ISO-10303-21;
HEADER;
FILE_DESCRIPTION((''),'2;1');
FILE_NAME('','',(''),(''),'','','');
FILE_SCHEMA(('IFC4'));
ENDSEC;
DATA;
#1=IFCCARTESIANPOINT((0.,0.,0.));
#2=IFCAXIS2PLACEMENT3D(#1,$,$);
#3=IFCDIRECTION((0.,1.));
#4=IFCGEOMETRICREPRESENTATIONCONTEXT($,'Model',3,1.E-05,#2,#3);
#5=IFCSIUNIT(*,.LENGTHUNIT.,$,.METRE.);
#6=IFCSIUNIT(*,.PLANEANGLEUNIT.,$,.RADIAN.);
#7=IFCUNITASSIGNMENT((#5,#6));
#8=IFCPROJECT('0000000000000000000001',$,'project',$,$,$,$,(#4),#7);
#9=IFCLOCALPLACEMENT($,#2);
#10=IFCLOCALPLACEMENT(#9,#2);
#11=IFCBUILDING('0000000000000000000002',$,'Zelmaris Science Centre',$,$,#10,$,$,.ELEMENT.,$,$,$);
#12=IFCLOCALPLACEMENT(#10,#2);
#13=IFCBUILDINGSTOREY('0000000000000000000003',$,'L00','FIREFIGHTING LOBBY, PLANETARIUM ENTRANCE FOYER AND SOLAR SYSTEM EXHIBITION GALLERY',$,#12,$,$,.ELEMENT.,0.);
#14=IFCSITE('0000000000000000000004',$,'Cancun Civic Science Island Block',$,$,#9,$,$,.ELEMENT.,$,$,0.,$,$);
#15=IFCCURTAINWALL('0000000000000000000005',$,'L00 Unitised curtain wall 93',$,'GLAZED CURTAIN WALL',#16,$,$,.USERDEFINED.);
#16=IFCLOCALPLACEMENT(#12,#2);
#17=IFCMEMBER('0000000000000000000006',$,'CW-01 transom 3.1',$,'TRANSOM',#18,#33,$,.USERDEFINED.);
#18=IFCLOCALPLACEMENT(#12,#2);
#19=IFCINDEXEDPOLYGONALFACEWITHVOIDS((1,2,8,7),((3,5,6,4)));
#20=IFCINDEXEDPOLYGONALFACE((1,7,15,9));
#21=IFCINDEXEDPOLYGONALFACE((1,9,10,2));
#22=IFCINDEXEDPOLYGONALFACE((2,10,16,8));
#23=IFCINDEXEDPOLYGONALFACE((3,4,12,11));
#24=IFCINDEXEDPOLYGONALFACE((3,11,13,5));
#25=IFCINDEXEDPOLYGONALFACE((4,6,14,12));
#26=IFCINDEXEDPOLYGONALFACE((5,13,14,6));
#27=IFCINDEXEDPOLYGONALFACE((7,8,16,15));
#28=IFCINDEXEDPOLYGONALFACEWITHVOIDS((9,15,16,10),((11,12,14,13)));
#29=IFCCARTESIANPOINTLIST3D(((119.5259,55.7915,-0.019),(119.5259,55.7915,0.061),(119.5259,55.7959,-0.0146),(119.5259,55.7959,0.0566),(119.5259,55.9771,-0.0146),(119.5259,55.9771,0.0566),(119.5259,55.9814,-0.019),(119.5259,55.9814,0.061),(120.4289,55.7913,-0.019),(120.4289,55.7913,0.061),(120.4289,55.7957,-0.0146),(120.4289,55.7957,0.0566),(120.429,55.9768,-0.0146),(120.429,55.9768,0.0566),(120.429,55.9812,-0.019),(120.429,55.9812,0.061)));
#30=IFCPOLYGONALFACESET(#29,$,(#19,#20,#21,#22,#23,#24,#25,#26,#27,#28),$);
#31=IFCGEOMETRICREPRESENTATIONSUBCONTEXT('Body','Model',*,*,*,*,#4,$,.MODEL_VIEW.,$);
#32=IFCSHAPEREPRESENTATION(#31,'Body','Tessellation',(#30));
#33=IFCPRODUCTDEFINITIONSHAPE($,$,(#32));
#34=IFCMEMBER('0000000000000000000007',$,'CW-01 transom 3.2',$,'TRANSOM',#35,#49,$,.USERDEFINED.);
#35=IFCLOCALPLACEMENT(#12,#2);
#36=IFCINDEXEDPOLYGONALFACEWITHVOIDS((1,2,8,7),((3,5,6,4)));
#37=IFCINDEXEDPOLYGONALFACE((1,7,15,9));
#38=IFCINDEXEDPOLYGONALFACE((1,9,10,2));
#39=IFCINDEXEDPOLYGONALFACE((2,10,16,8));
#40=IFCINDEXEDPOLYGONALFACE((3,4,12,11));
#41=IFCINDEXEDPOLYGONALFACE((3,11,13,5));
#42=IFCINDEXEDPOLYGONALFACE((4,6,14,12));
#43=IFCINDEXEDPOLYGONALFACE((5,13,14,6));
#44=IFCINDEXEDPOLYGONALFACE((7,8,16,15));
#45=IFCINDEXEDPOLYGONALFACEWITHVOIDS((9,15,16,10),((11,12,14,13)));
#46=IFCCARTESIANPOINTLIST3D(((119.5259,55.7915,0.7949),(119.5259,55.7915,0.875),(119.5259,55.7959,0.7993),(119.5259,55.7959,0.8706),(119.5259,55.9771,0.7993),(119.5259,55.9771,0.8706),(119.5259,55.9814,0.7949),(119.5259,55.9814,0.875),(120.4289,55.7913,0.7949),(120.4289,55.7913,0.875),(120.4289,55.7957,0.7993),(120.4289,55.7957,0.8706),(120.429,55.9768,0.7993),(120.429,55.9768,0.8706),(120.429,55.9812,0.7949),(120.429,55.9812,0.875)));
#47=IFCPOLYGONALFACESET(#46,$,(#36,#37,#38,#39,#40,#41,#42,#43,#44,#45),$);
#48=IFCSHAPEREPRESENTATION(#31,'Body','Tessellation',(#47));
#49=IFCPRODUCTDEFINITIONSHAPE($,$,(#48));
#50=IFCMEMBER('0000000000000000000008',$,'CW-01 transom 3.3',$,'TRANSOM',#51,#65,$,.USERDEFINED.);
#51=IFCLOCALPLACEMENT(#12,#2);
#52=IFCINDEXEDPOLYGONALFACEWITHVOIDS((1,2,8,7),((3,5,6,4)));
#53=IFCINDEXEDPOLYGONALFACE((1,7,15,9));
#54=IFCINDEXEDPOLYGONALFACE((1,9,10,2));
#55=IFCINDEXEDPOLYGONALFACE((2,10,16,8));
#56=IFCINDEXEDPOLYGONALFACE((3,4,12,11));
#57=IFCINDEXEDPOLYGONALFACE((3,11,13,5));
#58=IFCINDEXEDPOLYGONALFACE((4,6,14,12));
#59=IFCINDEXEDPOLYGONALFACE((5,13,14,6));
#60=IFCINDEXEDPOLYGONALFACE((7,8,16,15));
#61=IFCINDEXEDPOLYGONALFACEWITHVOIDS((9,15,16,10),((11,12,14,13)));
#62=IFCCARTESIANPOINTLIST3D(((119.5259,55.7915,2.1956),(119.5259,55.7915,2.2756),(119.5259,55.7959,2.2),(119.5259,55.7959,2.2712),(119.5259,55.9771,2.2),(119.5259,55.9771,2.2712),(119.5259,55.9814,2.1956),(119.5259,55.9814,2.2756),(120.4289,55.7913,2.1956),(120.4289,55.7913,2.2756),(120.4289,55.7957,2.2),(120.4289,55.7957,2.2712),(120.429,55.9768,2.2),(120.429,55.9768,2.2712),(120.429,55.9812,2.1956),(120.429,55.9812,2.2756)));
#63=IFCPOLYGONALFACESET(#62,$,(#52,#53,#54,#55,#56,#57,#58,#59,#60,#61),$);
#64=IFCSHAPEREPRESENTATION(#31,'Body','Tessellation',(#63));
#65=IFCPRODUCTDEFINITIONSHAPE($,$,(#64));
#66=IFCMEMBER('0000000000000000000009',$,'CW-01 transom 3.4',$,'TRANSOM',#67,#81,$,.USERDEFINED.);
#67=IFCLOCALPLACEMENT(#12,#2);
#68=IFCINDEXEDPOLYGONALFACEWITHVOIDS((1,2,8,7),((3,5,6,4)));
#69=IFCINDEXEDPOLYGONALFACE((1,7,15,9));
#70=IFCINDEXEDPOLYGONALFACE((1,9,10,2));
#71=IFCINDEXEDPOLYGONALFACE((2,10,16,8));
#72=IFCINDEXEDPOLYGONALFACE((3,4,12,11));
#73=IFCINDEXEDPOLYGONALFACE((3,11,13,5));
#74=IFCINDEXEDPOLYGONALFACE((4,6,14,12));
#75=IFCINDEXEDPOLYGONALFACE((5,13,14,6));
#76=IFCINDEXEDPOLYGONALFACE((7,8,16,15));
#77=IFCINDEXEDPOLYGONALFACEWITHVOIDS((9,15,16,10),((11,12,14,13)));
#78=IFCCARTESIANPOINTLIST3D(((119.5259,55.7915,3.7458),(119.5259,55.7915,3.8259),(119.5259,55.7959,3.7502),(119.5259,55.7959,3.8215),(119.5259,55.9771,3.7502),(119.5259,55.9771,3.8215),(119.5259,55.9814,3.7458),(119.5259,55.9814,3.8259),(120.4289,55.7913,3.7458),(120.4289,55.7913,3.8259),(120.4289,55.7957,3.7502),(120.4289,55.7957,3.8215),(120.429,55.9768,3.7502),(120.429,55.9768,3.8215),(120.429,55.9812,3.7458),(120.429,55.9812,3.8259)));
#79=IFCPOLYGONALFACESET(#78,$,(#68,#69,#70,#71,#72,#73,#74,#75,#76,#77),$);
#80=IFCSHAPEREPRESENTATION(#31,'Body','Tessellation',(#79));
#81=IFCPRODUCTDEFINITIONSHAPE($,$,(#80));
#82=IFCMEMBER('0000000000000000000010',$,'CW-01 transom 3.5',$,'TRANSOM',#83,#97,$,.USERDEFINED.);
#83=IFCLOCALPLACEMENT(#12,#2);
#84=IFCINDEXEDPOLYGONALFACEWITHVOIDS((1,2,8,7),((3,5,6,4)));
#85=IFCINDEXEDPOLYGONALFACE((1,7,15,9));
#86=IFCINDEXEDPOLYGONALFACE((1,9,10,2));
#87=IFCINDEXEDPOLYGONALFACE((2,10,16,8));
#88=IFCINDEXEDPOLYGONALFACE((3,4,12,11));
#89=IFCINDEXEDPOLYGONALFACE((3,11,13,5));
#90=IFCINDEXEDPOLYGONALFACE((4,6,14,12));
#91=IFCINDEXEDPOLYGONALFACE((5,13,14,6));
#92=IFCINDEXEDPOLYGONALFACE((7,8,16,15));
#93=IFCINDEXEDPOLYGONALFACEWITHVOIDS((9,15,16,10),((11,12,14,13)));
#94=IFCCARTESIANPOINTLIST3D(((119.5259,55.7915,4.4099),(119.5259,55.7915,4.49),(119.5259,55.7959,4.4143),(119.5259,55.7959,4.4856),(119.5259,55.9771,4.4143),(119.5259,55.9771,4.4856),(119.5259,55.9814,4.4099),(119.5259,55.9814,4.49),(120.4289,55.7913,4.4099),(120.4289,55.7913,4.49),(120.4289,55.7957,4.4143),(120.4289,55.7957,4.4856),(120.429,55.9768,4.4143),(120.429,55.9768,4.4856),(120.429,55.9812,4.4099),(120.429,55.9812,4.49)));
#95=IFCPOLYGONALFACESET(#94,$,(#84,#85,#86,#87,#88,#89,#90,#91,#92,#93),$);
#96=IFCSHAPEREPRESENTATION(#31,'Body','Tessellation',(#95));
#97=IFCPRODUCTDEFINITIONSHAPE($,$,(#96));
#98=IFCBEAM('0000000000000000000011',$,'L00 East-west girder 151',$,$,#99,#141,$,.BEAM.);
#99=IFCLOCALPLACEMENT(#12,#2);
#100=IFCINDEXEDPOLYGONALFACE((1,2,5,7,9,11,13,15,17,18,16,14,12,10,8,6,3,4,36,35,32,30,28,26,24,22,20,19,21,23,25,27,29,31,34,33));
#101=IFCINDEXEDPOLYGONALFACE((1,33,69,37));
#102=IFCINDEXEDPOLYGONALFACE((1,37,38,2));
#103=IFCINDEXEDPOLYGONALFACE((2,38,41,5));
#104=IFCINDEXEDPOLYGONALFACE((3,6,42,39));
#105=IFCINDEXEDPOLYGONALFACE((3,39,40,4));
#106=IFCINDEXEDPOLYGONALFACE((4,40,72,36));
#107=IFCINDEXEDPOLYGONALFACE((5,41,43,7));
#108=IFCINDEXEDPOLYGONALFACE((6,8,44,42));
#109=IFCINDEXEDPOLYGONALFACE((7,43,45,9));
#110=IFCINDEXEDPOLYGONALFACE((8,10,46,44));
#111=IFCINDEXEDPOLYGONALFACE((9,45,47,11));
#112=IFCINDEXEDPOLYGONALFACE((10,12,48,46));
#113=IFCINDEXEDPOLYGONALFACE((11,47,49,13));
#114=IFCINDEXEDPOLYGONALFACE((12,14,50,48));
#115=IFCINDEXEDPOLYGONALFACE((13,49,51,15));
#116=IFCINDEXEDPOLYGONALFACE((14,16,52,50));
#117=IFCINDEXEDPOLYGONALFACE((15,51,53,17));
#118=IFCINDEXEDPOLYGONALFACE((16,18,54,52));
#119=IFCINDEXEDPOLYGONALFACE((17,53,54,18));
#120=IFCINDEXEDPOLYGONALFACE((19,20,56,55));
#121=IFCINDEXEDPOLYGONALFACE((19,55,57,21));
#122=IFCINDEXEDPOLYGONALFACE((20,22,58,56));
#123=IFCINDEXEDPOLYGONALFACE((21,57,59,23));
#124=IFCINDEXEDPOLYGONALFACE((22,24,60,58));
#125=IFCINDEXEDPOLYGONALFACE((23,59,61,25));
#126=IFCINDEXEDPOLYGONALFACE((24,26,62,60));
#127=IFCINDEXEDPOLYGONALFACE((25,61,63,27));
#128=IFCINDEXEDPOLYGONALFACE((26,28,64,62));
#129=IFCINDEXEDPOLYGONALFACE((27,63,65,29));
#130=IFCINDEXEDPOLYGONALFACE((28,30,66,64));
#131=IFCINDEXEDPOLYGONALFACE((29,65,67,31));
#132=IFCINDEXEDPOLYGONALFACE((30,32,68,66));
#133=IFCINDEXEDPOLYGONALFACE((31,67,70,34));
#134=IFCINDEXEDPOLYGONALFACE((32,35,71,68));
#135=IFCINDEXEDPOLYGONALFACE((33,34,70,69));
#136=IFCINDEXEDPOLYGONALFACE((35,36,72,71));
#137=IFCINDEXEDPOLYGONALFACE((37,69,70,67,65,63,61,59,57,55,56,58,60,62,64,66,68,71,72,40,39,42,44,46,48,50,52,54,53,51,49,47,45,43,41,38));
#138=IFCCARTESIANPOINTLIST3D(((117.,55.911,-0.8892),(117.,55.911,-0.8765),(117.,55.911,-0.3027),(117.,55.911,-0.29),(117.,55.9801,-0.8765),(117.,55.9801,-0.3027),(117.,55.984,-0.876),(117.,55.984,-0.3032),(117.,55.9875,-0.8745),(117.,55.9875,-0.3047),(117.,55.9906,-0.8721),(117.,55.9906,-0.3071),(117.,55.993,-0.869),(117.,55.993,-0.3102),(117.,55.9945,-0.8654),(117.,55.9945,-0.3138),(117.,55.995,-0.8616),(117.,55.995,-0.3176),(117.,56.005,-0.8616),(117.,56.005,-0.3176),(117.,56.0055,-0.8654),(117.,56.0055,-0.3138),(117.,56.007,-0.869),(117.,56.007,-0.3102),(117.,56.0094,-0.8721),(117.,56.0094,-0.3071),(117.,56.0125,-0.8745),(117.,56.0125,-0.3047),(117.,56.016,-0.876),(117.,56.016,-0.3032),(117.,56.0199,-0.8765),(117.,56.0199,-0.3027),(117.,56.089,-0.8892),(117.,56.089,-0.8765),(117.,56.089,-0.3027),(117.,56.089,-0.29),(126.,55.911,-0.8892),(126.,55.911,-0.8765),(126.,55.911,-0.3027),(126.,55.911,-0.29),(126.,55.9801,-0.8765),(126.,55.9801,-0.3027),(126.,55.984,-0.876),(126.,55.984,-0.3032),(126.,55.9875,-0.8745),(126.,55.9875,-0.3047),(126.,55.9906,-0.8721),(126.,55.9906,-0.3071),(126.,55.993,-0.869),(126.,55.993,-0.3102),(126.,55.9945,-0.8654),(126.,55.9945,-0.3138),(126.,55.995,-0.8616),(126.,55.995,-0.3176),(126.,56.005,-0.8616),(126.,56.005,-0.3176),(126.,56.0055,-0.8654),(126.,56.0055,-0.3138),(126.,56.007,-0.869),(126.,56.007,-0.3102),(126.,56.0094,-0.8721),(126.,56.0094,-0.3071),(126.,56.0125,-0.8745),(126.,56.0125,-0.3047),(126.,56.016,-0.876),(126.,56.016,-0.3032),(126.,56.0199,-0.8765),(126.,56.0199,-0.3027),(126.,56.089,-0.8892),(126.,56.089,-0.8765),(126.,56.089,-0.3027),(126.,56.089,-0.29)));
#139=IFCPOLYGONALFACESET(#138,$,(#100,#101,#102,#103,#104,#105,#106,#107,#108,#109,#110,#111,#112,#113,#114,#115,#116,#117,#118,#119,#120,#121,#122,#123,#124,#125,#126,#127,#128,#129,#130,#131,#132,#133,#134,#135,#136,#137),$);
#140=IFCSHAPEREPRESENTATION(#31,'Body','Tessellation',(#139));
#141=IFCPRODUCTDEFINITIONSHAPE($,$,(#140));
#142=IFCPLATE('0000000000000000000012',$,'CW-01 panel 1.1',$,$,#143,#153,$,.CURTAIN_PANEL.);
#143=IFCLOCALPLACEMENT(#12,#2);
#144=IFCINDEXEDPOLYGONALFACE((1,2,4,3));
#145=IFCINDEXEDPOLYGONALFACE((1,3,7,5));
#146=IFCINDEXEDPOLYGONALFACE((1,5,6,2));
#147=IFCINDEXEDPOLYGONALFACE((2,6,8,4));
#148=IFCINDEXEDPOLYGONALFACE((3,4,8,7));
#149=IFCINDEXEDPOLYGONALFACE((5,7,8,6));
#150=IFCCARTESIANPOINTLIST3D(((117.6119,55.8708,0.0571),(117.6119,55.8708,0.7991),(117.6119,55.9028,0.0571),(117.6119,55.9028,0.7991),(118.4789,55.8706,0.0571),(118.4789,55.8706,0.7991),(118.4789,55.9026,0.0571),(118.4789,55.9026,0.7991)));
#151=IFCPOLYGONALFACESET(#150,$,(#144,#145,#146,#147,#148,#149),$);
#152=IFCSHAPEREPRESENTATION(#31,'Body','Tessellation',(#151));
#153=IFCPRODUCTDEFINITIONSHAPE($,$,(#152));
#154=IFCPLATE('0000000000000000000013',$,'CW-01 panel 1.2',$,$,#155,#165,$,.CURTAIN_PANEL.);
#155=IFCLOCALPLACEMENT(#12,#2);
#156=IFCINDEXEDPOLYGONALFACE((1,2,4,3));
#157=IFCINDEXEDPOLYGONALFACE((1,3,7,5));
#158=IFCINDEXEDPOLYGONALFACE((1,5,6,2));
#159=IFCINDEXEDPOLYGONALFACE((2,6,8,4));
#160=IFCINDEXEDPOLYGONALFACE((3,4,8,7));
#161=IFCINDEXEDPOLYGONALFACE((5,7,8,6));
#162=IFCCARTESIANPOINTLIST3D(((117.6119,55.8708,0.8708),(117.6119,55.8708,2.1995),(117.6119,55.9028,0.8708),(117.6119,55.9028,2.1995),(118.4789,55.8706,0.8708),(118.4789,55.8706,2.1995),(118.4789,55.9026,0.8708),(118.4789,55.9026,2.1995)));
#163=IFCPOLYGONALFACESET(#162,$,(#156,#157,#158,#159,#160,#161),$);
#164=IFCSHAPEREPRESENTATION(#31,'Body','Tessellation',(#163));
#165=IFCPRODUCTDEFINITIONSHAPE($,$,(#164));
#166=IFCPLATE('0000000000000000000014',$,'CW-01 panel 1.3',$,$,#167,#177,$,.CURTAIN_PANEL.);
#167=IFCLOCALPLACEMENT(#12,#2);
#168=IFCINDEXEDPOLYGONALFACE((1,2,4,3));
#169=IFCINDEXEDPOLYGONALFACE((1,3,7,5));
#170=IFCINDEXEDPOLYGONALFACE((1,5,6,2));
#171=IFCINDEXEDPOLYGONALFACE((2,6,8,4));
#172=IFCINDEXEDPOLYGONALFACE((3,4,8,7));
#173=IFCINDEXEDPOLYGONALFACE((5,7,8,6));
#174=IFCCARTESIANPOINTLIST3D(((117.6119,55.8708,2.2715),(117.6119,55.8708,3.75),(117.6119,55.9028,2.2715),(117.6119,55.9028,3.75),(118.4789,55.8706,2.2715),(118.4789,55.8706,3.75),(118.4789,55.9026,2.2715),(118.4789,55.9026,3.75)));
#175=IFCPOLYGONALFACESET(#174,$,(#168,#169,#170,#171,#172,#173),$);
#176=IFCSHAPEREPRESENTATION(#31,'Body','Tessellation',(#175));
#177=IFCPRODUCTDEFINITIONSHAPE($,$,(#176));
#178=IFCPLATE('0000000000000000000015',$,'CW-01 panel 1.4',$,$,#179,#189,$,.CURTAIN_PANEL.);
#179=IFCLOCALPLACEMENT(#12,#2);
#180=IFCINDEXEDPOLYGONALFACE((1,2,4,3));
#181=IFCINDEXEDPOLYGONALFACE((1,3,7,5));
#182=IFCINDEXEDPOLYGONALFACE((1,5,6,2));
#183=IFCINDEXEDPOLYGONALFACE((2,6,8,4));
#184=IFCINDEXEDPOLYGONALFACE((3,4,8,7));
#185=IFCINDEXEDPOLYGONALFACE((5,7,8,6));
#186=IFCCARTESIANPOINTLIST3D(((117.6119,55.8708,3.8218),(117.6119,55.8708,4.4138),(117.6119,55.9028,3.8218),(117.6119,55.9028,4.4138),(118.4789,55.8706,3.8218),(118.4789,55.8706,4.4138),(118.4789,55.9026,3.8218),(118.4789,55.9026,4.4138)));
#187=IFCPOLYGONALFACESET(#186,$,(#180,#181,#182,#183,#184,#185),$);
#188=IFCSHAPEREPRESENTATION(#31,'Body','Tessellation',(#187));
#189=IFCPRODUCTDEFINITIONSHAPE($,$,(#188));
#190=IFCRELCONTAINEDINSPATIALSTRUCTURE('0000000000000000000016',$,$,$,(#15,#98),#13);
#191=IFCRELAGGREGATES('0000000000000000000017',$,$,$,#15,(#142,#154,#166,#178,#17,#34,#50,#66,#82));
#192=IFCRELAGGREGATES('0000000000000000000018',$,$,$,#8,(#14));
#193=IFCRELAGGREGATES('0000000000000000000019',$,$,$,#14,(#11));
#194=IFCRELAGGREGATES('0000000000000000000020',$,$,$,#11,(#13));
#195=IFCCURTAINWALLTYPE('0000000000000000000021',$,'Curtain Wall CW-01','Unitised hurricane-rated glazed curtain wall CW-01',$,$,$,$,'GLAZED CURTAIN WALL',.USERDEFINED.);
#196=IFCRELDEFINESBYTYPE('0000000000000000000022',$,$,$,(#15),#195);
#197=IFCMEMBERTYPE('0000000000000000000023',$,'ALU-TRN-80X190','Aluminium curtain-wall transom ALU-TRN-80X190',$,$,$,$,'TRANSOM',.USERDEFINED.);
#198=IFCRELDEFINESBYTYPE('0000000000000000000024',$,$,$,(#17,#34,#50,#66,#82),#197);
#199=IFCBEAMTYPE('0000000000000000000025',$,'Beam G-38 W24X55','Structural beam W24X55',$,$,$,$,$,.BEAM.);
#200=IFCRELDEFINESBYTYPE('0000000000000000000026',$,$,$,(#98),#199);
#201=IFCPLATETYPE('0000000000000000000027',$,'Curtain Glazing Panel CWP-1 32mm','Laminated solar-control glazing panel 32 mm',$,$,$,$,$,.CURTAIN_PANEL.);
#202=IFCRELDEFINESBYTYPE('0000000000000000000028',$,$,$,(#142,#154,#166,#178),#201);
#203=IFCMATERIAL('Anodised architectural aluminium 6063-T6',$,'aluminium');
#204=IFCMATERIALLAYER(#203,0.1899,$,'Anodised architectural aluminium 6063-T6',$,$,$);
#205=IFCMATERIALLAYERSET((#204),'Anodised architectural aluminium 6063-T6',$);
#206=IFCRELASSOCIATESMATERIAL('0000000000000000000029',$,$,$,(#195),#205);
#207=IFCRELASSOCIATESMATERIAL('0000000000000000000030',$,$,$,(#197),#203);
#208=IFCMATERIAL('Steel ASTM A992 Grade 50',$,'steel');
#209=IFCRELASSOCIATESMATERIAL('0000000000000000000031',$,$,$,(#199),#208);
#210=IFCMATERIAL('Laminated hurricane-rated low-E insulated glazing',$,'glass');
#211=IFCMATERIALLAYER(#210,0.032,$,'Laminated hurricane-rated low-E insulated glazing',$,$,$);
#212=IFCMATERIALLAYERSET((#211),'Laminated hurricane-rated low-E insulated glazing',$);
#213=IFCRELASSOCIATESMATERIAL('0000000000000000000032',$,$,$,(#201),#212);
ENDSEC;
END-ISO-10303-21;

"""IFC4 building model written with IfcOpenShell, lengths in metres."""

from ifc_helpers import new_model, si_unit, direction, frame, origin, origin_2d, place, context, subcontext, project, spatial, rectangle, hollow_rectangle, i_section, extrude, material, layer, layer_set, material_profile, profile_set, type_object, element, aggregate, save


model = new_model("IFC4")

# Units and contexts
model_context = context("Model", 3, precision=1e-05, world=origin(), true_north=direction((0.0, 1.0)))
body_context = subcontext(model_context, "Body", "Model", "MODEL_VIEW")
ifc_project = project(units=[si_unit("LENGTHUNIT", "METRE"), si_unit("PLANEANGLEUNIT", "RADIAN")], contexts=[model_context])

# Site, building, storey
site_placement = place(None, origin())
site = spatial("IfcSite", under=ifc_project, at=site_placement, Name="Cancun Civic Science Island Block", CompositionType="ELEMENT", RefElevation=0.0)
building_placement = place(site_placement, origin())
building = spatial("IfcBuilding", under=site, at=building_placement, Name="Zelmaris Science Centre", CompositionType="ELEMENT")
storey_placement = place(building_placement, origin())
storey = spatial("IfcBuildingStorey", under=building, at=storey_placement, Name="L00", Description="FIREFIGHTING LOBBY, PLANETARIUM ENTRANCE FOYER AND SOLAR SYSTEM EXHIBITION GALLERY", CompositionType="ELEMENT", Elevation=0.0)

# Shared definitions
ifc_material_1 = material(Name="Steel ASTM A992 Grade 50", Category="steel")

# Shared definitions
ifc_material_2 = material(Name="Anodised architectural aluminium 6063-T6", Category="aluminium")

# Curtain wall
ifc_layer_1 = layer(ifc_material_2, 0.1899, Name="Anodised architectural aluminium 6063-T6")
ifc_layer_set_1 = layer_set([ifc_layer_1], Name="Anodised architectural aluminium 6063-T6")
curtain_wall_type_1 = type_object("IfcCurtainWallType", Name="Curtain Wall CW-01", Description="Unitised hurricane-rated glazed curtain wall CW-01", ElementType="GLAZED CURTAIN WALL", PredefinedType="USERDEFINED", material=ifc_layer_set_1)
curtain_wall_1_placement = place(storey_placement, origin())
curtain_wall_1 = element("IfcCurtainWall", 1, at=curtain_wall_1_placement, inside=storey, type_object=curtain_wall_type_1, Name="L00 Unitised curtain wall 93", ObjectType="GLAZED CURTAIN WALL", PredefinedType="USERDEFINED")

# Members
ifc_material_profile_1 = material_profile(ifc_material_2, hollow_rectangle(XDim=0.0801, YDim=0.1899, WallThickness=0.0044, at=origin_2d()), Name="ALU-TRN-80X190")
ifc_profile_set_1 = profile_set([ifc_material_profile_1], Name="Anodised architectural aluminium 6063-T6")
member_type_1 = type_object("IfcMemberType", Name="ALU-TRN-80X190", Description="Aluminium curtain-wall transom ALU-TRN-80X190", ElementType="TRANSOM", PredefinedType="USERDEFINED", material=ifc_profile_set_1)
member_1_placement = place(storey_placement, frame((119.5259, 55.8865, 0.021), z_axis=(1.0, -0.00027, 0.0), x_axis=(0.0, 0.0, 1.0)))
member_1 = element("IfcMember", 2, at=member_1_placement, type_object=member_type_1, Name="CW-01 transom 3.1", ObjectType="TRANSOM", PredefinedType="USERDEFINED", context=body_context, shape_type="SweptSolid", body=[
    extrude(hollow_rectangle(XDim=0.0801, YDim=0.1899, WallThickness=0.0044, at=origin_2d()), origin(), (0.0, 0.0, 1.0), 0.9031),
])
member_2_placement = place(storey_placement, frame((119.5259, 55.8865, 0.835), z_axis=(1.0, -0.00027, 0.0), x_axis=(0.0, 0.0, 1.0)))
member_2 = element("IfcMember", 3, at=member_2_placement, type_object=member_type_1, Name="CW-01 transom 3.2", ObjectType="TRANSOM", PredefinedType="USERDEFINED", context=body_context, shape_type="SweptSolid", body=[
    extrude(hollow_rectangle(XDim=0.0801, YDim=0.1899, WallThickness=0.0044, at=origin_2d()), origin(), (0.0, 0.0, 1.0), 0.9031),
])
member_3_placement = place(storey_placement, frame((119.5259, 55.8865, 2.2356), z_axis=(1.0, -0.00027, 0.0), x_axis=(0.0, 0.0, 1.0)))
member_3 = element("IfcMember", 4, at=member_3_placement, type_object=member_type_1, Name="CW-01 transom 3.3", ObjectType="TRANSOM", PredefinedType="USERDEFINED", context=body_context, shape_type="SweptSolid", body=[
    extrude(hollow_rectangle(XDim=0.0801, YDim=0.1899, WallThickness=0.0044, at=origin_2d()), origin(), (0.0, 0.0, 1.0), 0.9031),
])
member_4_placement = place(storey_placement, frame((119.5259, 55.8865, 3.7859), z_axis=(1.0, -0.00027, 0.0), x_axis=(0.0, 0.0, 1.0)))
member_4 = element("IfcMember", 5, at=member_4_placement, type_object=member_type_1, Name="CW-01 transom 3.4", ObjectType="TRANSOM", PredefinedType="USERDEFINED", context=body_context, shape_type="SweptSolid", body=[
    extrude(hollow_rectangle(XDim=0.0801, YDim=0.1899, WallThickness=0.0044, at=origin_2d()), origin(), (0.0, 0.0, 1.0), 0.9031),
])
member_5_placement = place(storey_placement, frame((119.5259, 55.8865, 4.45), z_axis=(1.0, -0.00027, 0.0), x_axis=(0.0, 0.0, 1.0)))
member_5 = element("IfcMember", 6, at=member_5_placement, type_object=member_type_1, Name="CW-01 transom 3.5", ObjectType="TRANSOM", PredefinedType="USERDEFINED", context=body_context, shape_type="SweptSolid", body=[
    extrude(hollow_rectangle(XDim=0.0801, YDim=0.1899, WallThickness=0.0044, at=origin_2d()), origin(), (0.0, 0.0, 1.0), 0.9031),
])

# Beam
ifc_material_profile_2 = material_profile(ifc_material_1, i_section(OverallWidth=0.178, OverallDepth=0.5991, WebThickness=0.01, FlangeThickness=0.0127, FilletRadius=0.0149, at=origin_2d()), Name="W24X55")
ifc_profile_set_2 = profile_set([ifc_material_profile_2], Name="Steel ASTM A992 Grade 50")
beam_type = type_object("IfcBeamType", Name="Beam G-38 W24X55", Description="Structural beam W24X55", PredefinedType="BEAM", material=ifc_profile_set_2)
beam_placement = place(storey_placement, frame((117.0, 56.0, -0.5896), z_axis=(1.0, 0.0, 0.0), x_axis=(0.0, 1.0, 0.0)))
element("IfcBeam", 7, at=beam_placement, inside=storey, type_object=beam_type, Name="L00 East-west girder 151", PredefinedType="BEAM", context=body_context, shape_type="SweptSolid", body=[
    extrude(i_section(OverallWidth=0.178, OverallDepth=0.5991, WebThickness=0.01, FlangeThickness=0.0127, FilletRadius=0.0149, at=origin_2d()), origin(), (0.0, 0.0, 1.0), 9.0),
])

# Plates
ifc_material_3 = material(Name="Laminated hurricane-rated low-E insulated glazing", Category="glass")
ifc_layer_2 = layer(ifc_material_3, 0.032, Name="Laminated hurricane-rated low-E insulated glazing")
ifc_layer_set_2 = layer_set([ifc_layer_2], Name="Laminated hurricane-rated low-E insulated glazing")
plate_type = type_object("IfcPlateType", Name="Curtain Glazing Panel CWP-1 32mm", Description="Laminated solar-control glazing panel 32 mm", PredefinedType="CURTAIN_PANEL", material=ifc_layer_set_2)
plate_1_placement = place(storey_placement, frame((118.0454, 55.8867, 0.0571), z_axis=(0.0, 0.0, 1.0), x_axis=(1.0, -0.000205, 0.0)))
plate_1 = element("IfcPlate", 8, at=plate_1_placement, type_object=plate_type, Name="CW-01 panel 1.1", PredefinedType="CURTAIN_PANEL", context=body_context, shape_type="SweptSolid", body=[
    extrude(rectangle(XDim=0.8669, YDim=0.032, at=origin_2d()), origin(), (0.0, 0.0, 1.0), 0.7419),
])
plate_2_placement = place(storey_placement, frame((118.0454, 55.8867, 0.8708), z_axis=(0.0, 0.0, 1.0), x_axis=(1.0, -0.000205, 0.0)))
plate_2 = element("IfcPlate", 9, at=plate_2_placement, type_object=plate_type, Name="CW-01 panel 1.2", PredefinedType="CURTAIN_PANEL", context=body_context, shape_type="SweptSolid", body=[
    extrude(rectangle(XDim=0.8669, YDim=0.032, at=origin_2d()), origin(), (0.0, 0.0, 1.0), 1.3286),
])
plate_3_placement = place(storey_placement, frame((118.0454, 55.8867, 2.2715), z_axis=(0.0, 0.0, 1.0), x_axis=(1.0, -0.000205, 0.0)))
plate_3 = element("IfcPlate", 10, at=plate_3_placement, type_object=plate_type, Name="CW-01 panel 1.3", PredefinedType="CURTAIN_PANEL", context=body_context, shape_type="SweptSolid", body=[
    extrude(rectangle(XDim=0.8669, YDim=0.032, at=origin_2d()), origin(), (0.0, 0.0, 1.0), 1.4785),
])
plate_4_placement = place(storey_placement, frame((118.0454, 55.8867, 3.8218), z_axis=(0.0, 0.0, 1.0), x_axis=(1.0, -0.000205, 0.0)))
plate_4 = element("IfcPlate", 11, at=plate_4_placement, type_object=plate_type, Name="CW-01 panel 1.4", PredefinedType="CURTAIN_PANEL", context=body_context, shape_type="SweptSolid", body=[
    extrude(rectangle(XDim=0.8669, YDim=0.032, at=origin_2d()), origin(), (0.0, 0.0, 1.0), 0.592),
])
aggregate(curtain_wall_1, [plate_1, plate_2, plate_3, plate_4, member_1, member_2, member_3, member_4, member_5])

save(model, "model.ifc")
